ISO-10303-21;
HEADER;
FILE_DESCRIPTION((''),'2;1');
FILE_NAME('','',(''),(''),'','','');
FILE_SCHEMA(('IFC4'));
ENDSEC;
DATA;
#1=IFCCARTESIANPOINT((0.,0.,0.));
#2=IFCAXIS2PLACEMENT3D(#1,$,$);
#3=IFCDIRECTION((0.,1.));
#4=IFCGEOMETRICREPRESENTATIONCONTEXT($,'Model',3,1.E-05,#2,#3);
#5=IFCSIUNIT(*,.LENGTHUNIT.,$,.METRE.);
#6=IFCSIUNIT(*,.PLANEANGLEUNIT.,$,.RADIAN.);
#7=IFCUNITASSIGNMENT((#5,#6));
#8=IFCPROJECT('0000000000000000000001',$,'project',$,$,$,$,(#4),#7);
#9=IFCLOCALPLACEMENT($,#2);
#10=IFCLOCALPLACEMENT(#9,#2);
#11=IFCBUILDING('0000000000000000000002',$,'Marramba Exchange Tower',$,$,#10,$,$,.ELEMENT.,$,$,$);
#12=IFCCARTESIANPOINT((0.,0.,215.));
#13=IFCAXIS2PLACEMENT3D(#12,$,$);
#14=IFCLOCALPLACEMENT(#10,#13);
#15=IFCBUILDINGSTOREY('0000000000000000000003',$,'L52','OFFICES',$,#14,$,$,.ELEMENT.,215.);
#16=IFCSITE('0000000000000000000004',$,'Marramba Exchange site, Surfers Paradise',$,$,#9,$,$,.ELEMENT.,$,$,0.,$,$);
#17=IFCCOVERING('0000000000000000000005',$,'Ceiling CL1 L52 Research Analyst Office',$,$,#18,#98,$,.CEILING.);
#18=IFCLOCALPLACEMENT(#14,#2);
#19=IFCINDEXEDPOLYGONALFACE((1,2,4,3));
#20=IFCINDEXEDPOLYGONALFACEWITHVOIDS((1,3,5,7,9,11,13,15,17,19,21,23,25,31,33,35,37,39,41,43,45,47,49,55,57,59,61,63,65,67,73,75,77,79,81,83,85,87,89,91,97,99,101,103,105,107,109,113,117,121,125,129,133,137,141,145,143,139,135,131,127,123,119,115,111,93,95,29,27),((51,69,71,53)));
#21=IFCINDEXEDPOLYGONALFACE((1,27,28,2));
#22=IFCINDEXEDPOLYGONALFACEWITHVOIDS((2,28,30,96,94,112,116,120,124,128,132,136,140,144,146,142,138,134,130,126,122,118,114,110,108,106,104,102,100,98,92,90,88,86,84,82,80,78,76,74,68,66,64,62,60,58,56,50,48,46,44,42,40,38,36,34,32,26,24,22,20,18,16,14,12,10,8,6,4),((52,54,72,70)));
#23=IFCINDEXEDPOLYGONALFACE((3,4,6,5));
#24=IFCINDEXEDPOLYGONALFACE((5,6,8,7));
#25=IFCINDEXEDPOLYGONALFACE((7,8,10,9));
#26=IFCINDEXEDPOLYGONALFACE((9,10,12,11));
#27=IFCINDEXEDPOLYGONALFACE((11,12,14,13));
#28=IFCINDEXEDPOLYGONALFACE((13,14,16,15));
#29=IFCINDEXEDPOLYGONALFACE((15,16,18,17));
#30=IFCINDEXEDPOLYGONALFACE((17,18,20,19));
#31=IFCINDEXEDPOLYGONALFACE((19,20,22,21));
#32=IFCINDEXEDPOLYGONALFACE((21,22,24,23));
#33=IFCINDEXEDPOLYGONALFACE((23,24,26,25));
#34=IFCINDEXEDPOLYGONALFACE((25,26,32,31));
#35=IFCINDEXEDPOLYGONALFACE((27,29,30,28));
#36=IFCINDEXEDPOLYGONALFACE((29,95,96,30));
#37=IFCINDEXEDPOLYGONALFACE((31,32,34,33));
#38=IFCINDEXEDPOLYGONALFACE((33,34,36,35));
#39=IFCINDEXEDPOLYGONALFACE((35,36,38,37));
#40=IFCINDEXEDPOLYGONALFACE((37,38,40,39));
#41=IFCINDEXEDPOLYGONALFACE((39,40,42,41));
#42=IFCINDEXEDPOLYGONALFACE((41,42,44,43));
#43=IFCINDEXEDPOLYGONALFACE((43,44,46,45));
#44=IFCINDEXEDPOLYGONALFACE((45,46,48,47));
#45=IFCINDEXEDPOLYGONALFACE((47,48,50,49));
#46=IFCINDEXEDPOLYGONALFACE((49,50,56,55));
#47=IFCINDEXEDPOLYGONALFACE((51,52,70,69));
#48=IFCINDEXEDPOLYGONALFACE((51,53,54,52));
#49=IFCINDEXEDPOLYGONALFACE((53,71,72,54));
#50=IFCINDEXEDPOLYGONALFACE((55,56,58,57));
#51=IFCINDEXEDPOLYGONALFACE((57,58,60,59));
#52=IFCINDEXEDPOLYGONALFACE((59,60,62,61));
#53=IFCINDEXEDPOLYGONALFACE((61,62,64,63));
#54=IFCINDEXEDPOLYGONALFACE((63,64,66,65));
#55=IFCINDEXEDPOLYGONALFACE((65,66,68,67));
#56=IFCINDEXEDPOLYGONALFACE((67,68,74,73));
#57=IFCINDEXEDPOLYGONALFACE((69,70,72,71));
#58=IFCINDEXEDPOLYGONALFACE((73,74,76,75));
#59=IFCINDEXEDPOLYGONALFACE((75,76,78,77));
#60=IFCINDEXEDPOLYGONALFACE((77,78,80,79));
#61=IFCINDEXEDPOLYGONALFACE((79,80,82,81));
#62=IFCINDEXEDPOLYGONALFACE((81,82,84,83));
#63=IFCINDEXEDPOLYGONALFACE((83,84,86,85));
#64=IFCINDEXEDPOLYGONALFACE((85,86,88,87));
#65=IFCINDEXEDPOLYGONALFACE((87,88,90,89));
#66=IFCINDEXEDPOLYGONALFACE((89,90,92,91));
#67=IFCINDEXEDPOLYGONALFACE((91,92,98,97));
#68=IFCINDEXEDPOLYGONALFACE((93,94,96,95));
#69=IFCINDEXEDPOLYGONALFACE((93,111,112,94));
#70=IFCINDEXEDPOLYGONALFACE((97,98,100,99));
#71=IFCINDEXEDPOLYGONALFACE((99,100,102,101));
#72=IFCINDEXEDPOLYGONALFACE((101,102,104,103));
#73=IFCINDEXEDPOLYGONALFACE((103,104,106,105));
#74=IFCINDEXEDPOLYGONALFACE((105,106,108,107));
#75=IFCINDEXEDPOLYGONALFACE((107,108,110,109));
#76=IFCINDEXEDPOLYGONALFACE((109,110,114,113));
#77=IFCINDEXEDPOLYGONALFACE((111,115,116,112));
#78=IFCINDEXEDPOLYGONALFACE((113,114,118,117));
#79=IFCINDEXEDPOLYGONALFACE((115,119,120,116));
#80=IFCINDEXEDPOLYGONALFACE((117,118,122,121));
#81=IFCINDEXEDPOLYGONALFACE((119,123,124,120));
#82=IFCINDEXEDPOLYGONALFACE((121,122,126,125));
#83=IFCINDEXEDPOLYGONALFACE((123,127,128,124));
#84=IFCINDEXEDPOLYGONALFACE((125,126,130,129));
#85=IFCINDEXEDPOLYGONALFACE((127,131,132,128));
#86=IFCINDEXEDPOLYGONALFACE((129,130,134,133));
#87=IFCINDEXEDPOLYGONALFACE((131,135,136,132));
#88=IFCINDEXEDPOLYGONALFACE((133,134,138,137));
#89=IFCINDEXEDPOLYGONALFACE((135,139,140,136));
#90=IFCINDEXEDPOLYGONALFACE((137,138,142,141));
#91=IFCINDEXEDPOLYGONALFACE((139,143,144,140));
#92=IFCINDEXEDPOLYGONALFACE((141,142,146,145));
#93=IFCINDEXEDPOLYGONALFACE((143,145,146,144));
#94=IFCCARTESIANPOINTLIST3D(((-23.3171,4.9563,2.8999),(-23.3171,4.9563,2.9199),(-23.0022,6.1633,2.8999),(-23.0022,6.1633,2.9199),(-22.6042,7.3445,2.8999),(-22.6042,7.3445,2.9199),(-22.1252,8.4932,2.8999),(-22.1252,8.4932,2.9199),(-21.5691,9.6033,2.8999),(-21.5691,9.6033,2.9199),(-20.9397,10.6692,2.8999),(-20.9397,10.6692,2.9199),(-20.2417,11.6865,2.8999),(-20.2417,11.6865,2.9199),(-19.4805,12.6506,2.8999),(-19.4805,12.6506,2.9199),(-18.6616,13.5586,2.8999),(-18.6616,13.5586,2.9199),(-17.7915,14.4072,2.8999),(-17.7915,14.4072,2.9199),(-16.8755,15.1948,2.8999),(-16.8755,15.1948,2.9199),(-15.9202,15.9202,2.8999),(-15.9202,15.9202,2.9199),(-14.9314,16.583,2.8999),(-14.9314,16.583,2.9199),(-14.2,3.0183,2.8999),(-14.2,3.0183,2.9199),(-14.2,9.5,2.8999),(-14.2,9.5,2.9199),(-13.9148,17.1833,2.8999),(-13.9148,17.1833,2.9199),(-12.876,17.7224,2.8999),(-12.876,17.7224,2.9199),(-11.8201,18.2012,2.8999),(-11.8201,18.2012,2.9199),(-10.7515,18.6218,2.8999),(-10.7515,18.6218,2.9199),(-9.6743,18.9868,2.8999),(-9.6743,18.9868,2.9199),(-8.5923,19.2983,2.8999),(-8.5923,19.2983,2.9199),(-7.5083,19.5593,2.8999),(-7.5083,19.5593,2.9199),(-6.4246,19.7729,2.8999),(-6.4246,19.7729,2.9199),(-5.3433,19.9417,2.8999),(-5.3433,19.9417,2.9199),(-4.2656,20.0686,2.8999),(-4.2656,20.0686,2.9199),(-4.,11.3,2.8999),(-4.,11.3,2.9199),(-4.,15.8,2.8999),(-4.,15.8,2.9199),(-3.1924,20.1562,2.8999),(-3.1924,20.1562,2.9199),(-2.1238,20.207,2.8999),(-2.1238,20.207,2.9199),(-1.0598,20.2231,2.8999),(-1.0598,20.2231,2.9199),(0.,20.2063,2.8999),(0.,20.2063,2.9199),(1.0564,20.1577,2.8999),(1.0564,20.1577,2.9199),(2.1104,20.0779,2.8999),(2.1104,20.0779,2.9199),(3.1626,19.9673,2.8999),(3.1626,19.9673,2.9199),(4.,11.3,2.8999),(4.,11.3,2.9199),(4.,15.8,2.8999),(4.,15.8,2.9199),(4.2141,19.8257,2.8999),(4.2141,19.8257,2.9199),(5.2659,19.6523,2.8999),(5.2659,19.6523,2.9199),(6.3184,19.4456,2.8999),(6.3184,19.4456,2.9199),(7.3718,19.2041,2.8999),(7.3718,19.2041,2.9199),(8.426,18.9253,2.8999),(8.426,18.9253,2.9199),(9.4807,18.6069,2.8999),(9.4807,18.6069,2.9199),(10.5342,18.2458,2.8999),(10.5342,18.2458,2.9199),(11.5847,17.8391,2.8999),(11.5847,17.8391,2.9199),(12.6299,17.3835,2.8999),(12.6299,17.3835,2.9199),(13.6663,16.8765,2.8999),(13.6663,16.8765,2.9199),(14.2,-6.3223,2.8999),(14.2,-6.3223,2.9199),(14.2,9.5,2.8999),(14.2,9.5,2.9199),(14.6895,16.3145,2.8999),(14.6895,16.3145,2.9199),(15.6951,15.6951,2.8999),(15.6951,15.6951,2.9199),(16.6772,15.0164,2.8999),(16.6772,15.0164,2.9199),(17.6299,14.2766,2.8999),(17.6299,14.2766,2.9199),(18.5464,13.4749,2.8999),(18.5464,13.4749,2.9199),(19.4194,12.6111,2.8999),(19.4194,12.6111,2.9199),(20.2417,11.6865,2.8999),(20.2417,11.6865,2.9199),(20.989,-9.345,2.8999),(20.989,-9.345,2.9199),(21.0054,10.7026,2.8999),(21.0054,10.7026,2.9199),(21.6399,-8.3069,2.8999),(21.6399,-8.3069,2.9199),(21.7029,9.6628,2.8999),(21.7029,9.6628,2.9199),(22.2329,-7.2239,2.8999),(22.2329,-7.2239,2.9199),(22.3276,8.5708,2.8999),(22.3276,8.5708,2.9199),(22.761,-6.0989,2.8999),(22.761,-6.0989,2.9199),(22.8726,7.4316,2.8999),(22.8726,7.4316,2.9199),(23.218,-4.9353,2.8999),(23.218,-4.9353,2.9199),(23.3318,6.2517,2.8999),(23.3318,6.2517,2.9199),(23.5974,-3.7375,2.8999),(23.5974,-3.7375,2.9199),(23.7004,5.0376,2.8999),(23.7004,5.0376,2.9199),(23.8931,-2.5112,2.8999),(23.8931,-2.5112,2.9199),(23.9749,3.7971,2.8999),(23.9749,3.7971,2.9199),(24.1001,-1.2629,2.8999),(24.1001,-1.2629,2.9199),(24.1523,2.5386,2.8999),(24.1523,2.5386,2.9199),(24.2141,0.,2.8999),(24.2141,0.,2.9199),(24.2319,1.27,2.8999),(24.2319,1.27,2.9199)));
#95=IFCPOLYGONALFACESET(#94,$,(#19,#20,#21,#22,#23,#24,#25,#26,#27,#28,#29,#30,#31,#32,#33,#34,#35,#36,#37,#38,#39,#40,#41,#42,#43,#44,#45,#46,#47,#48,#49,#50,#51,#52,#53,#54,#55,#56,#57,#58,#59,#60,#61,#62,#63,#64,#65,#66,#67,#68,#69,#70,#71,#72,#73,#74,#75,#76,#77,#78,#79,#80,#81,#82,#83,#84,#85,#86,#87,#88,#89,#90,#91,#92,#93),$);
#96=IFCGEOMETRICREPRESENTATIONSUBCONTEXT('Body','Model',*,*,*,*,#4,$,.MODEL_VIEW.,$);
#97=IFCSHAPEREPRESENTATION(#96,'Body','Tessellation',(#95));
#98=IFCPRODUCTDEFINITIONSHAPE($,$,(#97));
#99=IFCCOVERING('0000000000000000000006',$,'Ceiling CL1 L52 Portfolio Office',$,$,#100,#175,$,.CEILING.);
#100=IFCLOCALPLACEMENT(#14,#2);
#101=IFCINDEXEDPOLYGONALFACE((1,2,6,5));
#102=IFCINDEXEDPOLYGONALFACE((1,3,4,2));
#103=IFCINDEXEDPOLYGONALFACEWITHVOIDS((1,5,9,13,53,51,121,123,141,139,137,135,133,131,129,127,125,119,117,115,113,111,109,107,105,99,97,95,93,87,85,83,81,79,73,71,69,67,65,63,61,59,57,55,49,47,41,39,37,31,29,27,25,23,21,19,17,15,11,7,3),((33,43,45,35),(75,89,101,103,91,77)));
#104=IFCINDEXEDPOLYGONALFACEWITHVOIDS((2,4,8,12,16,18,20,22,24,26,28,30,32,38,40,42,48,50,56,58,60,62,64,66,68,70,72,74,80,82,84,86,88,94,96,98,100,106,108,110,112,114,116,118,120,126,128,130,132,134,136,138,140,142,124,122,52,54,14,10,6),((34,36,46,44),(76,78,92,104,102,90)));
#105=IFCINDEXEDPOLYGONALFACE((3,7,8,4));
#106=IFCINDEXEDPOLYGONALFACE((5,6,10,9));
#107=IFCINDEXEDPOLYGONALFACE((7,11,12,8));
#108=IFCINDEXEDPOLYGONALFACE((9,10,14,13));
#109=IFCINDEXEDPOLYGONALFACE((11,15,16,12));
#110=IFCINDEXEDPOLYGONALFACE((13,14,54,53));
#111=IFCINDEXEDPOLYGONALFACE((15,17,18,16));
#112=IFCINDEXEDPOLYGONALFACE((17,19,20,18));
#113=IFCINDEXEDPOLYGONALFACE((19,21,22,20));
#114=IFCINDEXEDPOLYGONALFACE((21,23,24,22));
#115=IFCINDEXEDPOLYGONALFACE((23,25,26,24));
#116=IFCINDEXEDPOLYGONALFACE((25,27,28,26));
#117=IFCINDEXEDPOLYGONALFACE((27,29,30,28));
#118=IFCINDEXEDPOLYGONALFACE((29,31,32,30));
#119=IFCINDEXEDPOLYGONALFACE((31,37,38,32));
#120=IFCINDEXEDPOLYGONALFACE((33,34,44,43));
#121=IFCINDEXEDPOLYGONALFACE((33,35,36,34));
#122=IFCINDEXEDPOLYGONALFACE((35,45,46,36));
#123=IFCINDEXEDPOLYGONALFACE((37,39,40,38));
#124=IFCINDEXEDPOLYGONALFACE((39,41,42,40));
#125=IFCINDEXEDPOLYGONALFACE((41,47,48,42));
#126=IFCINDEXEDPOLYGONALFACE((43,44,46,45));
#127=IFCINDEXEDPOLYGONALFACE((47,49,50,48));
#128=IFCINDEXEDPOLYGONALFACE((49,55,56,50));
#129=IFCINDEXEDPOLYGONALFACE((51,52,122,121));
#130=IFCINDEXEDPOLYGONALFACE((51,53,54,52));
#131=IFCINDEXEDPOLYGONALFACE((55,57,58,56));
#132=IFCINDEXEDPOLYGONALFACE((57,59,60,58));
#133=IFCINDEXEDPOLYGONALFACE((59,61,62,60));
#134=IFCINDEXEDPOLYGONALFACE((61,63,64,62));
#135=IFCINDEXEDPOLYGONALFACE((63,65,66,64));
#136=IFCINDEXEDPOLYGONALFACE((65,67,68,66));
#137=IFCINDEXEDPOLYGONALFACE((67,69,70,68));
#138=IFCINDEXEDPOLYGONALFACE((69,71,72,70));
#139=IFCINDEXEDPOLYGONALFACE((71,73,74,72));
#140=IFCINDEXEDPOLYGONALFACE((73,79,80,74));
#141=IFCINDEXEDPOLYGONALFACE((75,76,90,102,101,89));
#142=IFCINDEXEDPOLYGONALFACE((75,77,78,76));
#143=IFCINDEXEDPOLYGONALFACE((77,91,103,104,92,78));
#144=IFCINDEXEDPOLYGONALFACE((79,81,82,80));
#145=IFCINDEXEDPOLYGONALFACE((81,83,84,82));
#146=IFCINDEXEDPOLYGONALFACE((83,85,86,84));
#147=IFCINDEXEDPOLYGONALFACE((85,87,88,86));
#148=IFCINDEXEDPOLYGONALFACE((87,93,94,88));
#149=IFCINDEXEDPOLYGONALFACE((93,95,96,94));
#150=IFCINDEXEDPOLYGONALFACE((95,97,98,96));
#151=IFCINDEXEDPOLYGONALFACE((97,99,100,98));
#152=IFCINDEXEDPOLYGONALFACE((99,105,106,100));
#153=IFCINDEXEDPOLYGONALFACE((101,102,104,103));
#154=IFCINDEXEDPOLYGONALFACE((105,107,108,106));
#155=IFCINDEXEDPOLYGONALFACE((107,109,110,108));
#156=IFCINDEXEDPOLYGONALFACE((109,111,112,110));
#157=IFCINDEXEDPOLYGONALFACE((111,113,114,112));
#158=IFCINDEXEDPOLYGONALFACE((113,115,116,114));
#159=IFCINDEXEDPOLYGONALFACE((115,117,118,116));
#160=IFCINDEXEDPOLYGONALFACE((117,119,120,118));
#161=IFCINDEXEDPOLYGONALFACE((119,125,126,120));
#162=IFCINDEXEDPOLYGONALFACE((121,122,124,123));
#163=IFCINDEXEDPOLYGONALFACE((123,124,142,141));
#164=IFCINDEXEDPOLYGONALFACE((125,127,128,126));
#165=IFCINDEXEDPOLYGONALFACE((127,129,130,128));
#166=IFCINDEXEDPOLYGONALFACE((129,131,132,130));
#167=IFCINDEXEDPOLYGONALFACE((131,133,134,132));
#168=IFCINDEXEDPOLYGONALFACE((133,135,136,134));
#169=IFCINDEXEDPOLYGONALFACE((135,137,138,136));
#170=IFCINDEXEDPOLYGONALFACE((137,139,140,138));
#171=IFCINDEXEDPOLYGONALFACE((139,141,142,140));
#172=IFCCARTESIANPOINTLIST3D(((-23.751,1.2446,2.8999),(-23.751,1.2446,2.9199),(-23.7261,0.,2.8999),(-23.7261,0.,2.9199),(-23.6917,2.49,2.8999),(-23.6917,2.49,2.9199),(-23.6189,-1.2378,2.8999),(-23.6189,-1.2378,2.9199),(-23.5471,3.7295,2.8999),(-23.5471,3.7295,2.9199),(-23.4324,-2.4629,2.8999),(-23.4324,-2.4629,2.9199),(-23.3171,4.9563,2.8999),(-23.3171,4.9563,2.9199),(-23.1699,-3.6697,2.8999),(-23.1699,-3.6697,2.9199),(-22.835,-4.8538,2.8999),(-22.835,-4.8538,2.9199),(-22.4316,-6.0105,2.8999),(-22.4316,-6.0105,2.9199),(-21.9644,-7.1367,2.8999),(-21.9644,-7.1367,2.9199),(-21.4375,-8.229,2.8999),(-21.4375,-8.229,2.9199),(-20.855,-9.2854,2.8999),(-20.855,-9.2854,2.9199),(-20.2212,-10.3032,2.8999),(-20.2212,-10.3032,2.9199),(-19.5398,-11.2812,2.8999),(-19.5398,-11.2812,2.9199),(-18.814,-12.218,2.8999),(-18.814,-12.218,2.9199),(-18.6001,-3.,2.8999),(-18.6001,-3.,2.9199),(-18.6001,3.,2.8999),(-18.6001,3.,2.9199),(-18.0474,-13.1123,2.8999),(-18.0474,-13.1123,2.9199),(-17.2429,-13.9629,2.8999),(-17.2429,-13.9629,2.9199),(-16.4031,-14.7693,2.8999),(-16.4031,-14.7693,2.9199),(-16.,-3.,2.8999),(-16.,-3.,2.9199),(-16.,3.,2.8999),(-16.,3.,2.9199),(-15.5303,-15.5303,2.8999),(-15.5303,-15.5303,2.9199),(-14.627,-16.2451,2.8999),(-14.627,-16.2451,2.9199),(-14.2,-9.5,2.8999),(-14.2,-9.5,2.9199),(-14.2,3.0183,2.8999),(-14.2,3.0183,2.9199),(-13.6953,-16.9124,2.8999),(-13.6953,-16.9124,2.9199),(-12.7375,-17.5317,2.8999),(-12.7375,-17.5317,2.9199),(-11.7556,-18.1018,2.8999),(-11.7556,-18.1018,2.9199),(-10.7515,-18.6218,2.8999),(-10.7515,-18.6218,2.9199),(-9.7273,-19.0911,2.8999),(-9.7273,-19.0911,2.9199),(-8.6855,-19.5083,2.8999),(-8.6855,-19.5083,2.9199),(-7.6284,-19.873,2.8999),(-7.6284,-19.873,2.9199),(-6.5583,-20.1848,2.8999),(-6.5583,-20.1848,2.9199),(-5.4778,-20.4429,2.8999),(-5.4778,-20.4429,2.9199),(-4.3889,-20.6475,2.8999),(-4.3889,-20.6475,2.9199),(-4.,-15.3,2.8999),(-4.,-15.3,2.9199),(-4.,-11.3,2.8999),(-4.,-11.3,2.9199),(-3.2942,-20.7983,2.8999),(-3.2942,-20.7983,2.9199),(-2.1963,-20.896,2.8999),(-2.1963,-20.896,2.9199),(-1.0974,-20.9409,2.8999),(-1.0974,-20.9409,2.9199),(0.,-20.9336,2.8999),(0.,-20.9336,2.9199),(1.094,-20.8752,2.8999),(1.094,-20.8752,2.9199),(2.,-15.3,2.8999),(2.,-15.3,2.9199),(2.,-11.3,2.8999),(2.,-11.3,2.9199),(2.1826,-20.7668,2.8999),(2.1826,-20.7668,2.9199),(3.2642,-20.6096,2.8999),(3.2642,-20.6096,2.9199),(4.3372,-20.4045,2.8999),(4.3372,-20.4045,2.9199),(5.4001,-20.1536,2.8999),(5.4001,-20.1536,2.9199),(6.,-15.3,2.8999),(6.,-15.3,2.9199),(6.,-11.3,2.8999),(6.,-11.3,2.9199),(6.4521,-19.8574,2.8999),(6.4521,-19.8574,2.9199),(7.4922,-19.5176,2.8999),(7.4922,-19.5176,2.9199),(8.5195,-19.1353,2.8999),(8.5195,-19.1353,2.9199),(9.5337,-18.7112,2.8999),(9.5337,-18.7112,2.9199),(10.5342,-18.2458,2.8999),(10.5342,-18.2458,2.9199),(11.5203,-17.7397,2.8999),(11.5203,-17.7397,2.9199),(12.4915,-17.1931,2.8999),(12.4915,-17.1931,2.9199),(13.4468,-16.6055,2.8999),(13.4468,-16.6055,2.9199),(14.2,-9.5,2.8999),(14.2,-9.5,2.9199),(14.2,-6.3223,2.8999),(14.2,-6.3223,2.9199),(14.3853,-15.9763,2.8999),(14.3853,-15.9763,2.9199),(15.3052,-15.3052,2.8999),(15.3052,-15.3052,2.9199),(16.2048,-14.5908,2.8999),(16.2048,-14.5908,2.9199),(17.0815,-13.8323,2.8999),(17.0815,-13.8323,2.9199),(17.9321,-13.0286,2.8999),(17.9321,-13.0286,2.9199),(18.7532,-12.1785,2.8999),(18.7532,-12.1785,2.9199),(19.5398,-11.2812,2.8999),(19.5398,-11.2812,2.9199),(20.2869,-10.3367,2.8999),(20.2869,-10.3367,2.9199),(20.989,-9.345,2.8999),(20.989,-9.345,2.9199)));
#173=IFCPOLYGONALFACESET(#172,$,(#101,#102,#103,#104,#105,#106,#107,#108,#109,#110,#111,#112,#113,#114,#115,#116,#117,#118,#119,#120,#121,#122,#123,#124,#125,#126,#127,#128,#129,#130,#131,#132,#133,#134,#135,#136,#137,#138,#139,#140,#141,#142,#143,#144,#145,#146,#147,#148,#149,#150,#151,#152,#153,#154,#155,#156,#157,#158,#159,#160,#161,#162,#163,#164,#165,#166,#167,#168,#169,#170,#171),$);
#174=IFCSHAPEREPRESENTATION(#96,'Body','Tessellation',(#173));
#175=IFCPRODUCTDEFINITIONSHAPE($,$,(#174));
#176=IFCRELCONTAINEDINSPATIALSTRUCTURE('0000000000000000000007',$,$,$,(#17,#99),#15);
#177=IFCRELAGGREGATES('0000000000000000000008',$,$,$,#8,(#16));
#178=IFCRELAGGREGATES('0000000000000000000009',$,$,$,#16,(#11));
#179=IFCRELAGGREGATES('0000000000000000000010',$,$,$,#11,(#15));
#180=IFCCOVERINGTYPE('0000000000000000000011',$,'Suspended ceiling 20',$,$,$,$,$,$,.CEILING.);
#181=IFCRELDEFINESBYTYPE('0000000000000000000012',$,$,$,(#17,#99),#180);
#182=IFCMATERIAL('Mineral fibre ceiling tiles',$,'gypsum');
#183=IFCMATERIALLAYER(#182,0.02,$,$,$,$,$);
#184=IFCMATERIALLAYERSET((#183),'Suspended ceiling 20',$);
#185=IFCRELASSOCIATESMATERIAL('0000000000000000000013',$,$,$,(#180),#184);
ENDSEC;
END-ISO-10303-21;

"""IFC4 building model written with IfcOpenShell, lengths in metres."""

from ifc_helpers import new_model, si_unit, direction, frame, origin, place, context, subcontext, project, spatial, polyline, outline, extrude, material, layer, layer_set, type_object, element, save


model = new_model("IFC4")

# Units and contexts
model_context = context("Model", 3, precision=1e-05, world=origin(), true_north=direction((0.0, 1.0)))
body_context = subcontext(model_context, "Body", "Model", "MODEL_VIEW")
ifc_project = project(units=[si_unit("LENGTHUNIT", "METRE"), si_unit("PLANEANGLEUNIT", "RADIAN")], contexts=[model_context])

# Site, building, storey
site_placement = place(None, origin())
site = spatial("IfcSite", under=ifc_project, at=site_placement, Name="Marramba Exchange site, Surfers Paradise", CompositionType="ELEMENT", RefElevation=0.0)
building_placement = place(site_placement, origin())
building = spatial("IfcBuilding", under=site, at=building_placement, Name="Marramba Exchange Tower", CompositionType="ELEMENT")
storey_placement = place(building_placement, frame((0.0, 0.0, 215.0)))
storey = spatial("IfcBuildingStorey", under=building, at=storey_placement, Name="L52", Description="OFFICES", CompositionType="ELEMENT", Elevation=215.0)

# Coverings
ifc_material_1 = material(Name="Mineral fibre ceiling tiles", Category="gypsum")
ifc_layer_1 = layer(ifc_material_1, 0.02)
ifc_layer_set_1 = layer_set([ifc_layer_1], Name="Suspended ceiling 20")
covering_type = type_object("IfcCoveringType", Name="Suspended ceiling 20", PredefinedType="CEILING", material=ifc_layer_set_1)
covering_1_placement = place(storey_placement, frame((0.0, 0.0, 2.8999)))
element("IfcCovering", 1, at=covering_1_placement, inside=storey, type_object=covering_type, Name="Ceiling CL1 L52 Research Analyst Office", PredefinedType="CEILING", context=body_context, shape_type="SweptSolid", body=[
    extrude(outline(polyline([(-14.2, 9.5), (-14.2, 3.0183), (-23.3171, 4.9563), (-23.0022, 6.1633), (-22.6042, 7.3445), (-22.1252, 8.4932), (-21.5691, 9.6033), (-20.9397, 10.6692), (-20.2417, 11.6865), (-19.4805, 12.6506), (-18.6616, 13.5586), (-17.7915, 14.4072), (-16.8755, 15.1948), (-15.9202, 15.9202), (-14.9314, 16.583), (-13.9148, 17.1833), (-12.876, 17.7224), (-11.8201, 18.2012), (-10.7515, 18.6218), (-9.6743, 18.9868), (-8.5923, 19.2983), (-7.5083, 19.5593), (-6.4246, 19.7729), (-5.3433, 19.9417), (-4.2656, 20.0686), (-3.1924, 20.1562), (-2.1238, 20.207), (-1.0598, 20.2231), (0.0, 20.2063), (1.0564, 20.1577), (2.1104, 20.0779), (3.1626, 19.9673), (4.2141, 19.8257), (5.2659, 19.6523), (6.3184, 19.4456), (7.3718, 19.2041), (8.426, 18.9253), (9.4807, 18.6069), (10.5342, 18.2458), (11.5847, 17.8391), (12.6299, 17.3835), (13.6663, 16.8765), (14.6895, 16.3145), (15.6951, 15.6951), (16.6772, 15.0164), (17.6299, 14.2766), (18.5464, 13.4749), (19.4194, 12.6111), (20.2417, 11.6865), (21.0054, 10.7026), (21.7029, 9.6628), (22.3276, 8.5708), (22.8726, 7.4316), (23.3318, 6.2517), (23.7004, 5.0376), (23.9749, 3.7971), (24.1523, 2.5386), (24.2319, 1.27), (24.2141, 0.0), (24.1001, -1.2629), (23.8931, -2.5112), (23.5974, -3.7375), (23.218, -4.9353), (22.761, -6.0989), (22.2329, -7.2239), (21.6399, -8.3069), (20.989, -9.345), (14.2, -6.3223), (14.2, 9.5), (-14.2, 9.5)]), holes=[polyline([(4.0, 15.8), (-4.0, 15.8), (-4.0, 11.3), (4.0, 11.3), (4.0, 15.8)])]), origin(), (0.0, 0.0, 1.0), 0.02),
])
covering_2_placement = place(storey_placement, frame((0.0, 0.0, 2.8999)))
element("IfcCovering", 2, at=covering_2_placement, inside=storey, type_object=covering_type, Name="Ceiling CL1 L52 Portfolio Office", PredefinedType="CEILING", context=body_context, shape_type="SweptSolid", body=[
    extrude(outline(polyline([(19.5398, -11.2812), (18.7532, -12.1785), (17.9321, -13.0286), (17.0815, -13.8323), (16.2048, -14.5908), (15.3052, -15.3052), (14.3853, -15.9763), (13.4468, -16.6055), (12.4915, -17.1931), (11.5203, -17.7397), (10.5342, -18.2458), (9.5337, -18.7112), (8.5195, -19.1353), (7.4922, -19.5176), (6.4521, -19.8574), (5.4001, -20.1536), (4.3372, -20.4045), (3.2642, -20.6096), (2.1826, -20.7668), (1.094, -20.8752), (0.0, -20.9336), (-1.0974, -20.9409), (-2.1963, -20.896), (-3.2942, -20.7983), (-4.3889, -20.6475), (-5.4778, -20.4429), (-6.5583, -20.1848), (-7.6284, -19.873), (-8.6855, -19.5083), (-9.7273, -19.0911), (-10.7515, -18.6218), (-11.7556, -18.1018), (-12.7375, -17.5317), (-13.6953, -16.9124), (-14.627, -16.2451), (-15.5303, -15.5303), (-16.4031, -14.7693), (-17.2429, -13.9629), (-18.0474, -13.1123), (-18.814, -12.218), (-19.5398, -11.2812), (-20.2212, -10.3032), (-20.855, -9.2854), (-21.4375, -8.229), (-21.9644, -7.1367), (-22.4316, -6.0105), (-22.835, -4.8538), (-23.1699, -3.6697), (-23.4324, -2.4629), (-23.6189, -1.2378), (-23.7261, 0.0), (-23.751, 1.2446), (-23.6917, 2.49), (-23.5471, 3.7295), (-23.3171, 4.9563), (-14.2, 3.0183), (-14.2, -9.5), (14.2, -9.5), (14.2, -6.3223), (20.989, -9.345), (20.2869, -10.3367), (19.5398, -11.2812)]), holes=[polyline([(2.0, -15.3), (6.0, -15.3), (6.0, -11.3), (2.0, -11.3), (-4.0, -11.3), (-4.0, -15.3), (2.0, -15.3)]), polyline([(-18.6001, -3.0), (-16.0, -3.0), (-16.0, 3.0), (-18.6001, 3.0), (-18.6001, -3.0)])]), origin(), (0.0, 0.0, 1.0), 0.02),
])

save(model, "model.ifc")
